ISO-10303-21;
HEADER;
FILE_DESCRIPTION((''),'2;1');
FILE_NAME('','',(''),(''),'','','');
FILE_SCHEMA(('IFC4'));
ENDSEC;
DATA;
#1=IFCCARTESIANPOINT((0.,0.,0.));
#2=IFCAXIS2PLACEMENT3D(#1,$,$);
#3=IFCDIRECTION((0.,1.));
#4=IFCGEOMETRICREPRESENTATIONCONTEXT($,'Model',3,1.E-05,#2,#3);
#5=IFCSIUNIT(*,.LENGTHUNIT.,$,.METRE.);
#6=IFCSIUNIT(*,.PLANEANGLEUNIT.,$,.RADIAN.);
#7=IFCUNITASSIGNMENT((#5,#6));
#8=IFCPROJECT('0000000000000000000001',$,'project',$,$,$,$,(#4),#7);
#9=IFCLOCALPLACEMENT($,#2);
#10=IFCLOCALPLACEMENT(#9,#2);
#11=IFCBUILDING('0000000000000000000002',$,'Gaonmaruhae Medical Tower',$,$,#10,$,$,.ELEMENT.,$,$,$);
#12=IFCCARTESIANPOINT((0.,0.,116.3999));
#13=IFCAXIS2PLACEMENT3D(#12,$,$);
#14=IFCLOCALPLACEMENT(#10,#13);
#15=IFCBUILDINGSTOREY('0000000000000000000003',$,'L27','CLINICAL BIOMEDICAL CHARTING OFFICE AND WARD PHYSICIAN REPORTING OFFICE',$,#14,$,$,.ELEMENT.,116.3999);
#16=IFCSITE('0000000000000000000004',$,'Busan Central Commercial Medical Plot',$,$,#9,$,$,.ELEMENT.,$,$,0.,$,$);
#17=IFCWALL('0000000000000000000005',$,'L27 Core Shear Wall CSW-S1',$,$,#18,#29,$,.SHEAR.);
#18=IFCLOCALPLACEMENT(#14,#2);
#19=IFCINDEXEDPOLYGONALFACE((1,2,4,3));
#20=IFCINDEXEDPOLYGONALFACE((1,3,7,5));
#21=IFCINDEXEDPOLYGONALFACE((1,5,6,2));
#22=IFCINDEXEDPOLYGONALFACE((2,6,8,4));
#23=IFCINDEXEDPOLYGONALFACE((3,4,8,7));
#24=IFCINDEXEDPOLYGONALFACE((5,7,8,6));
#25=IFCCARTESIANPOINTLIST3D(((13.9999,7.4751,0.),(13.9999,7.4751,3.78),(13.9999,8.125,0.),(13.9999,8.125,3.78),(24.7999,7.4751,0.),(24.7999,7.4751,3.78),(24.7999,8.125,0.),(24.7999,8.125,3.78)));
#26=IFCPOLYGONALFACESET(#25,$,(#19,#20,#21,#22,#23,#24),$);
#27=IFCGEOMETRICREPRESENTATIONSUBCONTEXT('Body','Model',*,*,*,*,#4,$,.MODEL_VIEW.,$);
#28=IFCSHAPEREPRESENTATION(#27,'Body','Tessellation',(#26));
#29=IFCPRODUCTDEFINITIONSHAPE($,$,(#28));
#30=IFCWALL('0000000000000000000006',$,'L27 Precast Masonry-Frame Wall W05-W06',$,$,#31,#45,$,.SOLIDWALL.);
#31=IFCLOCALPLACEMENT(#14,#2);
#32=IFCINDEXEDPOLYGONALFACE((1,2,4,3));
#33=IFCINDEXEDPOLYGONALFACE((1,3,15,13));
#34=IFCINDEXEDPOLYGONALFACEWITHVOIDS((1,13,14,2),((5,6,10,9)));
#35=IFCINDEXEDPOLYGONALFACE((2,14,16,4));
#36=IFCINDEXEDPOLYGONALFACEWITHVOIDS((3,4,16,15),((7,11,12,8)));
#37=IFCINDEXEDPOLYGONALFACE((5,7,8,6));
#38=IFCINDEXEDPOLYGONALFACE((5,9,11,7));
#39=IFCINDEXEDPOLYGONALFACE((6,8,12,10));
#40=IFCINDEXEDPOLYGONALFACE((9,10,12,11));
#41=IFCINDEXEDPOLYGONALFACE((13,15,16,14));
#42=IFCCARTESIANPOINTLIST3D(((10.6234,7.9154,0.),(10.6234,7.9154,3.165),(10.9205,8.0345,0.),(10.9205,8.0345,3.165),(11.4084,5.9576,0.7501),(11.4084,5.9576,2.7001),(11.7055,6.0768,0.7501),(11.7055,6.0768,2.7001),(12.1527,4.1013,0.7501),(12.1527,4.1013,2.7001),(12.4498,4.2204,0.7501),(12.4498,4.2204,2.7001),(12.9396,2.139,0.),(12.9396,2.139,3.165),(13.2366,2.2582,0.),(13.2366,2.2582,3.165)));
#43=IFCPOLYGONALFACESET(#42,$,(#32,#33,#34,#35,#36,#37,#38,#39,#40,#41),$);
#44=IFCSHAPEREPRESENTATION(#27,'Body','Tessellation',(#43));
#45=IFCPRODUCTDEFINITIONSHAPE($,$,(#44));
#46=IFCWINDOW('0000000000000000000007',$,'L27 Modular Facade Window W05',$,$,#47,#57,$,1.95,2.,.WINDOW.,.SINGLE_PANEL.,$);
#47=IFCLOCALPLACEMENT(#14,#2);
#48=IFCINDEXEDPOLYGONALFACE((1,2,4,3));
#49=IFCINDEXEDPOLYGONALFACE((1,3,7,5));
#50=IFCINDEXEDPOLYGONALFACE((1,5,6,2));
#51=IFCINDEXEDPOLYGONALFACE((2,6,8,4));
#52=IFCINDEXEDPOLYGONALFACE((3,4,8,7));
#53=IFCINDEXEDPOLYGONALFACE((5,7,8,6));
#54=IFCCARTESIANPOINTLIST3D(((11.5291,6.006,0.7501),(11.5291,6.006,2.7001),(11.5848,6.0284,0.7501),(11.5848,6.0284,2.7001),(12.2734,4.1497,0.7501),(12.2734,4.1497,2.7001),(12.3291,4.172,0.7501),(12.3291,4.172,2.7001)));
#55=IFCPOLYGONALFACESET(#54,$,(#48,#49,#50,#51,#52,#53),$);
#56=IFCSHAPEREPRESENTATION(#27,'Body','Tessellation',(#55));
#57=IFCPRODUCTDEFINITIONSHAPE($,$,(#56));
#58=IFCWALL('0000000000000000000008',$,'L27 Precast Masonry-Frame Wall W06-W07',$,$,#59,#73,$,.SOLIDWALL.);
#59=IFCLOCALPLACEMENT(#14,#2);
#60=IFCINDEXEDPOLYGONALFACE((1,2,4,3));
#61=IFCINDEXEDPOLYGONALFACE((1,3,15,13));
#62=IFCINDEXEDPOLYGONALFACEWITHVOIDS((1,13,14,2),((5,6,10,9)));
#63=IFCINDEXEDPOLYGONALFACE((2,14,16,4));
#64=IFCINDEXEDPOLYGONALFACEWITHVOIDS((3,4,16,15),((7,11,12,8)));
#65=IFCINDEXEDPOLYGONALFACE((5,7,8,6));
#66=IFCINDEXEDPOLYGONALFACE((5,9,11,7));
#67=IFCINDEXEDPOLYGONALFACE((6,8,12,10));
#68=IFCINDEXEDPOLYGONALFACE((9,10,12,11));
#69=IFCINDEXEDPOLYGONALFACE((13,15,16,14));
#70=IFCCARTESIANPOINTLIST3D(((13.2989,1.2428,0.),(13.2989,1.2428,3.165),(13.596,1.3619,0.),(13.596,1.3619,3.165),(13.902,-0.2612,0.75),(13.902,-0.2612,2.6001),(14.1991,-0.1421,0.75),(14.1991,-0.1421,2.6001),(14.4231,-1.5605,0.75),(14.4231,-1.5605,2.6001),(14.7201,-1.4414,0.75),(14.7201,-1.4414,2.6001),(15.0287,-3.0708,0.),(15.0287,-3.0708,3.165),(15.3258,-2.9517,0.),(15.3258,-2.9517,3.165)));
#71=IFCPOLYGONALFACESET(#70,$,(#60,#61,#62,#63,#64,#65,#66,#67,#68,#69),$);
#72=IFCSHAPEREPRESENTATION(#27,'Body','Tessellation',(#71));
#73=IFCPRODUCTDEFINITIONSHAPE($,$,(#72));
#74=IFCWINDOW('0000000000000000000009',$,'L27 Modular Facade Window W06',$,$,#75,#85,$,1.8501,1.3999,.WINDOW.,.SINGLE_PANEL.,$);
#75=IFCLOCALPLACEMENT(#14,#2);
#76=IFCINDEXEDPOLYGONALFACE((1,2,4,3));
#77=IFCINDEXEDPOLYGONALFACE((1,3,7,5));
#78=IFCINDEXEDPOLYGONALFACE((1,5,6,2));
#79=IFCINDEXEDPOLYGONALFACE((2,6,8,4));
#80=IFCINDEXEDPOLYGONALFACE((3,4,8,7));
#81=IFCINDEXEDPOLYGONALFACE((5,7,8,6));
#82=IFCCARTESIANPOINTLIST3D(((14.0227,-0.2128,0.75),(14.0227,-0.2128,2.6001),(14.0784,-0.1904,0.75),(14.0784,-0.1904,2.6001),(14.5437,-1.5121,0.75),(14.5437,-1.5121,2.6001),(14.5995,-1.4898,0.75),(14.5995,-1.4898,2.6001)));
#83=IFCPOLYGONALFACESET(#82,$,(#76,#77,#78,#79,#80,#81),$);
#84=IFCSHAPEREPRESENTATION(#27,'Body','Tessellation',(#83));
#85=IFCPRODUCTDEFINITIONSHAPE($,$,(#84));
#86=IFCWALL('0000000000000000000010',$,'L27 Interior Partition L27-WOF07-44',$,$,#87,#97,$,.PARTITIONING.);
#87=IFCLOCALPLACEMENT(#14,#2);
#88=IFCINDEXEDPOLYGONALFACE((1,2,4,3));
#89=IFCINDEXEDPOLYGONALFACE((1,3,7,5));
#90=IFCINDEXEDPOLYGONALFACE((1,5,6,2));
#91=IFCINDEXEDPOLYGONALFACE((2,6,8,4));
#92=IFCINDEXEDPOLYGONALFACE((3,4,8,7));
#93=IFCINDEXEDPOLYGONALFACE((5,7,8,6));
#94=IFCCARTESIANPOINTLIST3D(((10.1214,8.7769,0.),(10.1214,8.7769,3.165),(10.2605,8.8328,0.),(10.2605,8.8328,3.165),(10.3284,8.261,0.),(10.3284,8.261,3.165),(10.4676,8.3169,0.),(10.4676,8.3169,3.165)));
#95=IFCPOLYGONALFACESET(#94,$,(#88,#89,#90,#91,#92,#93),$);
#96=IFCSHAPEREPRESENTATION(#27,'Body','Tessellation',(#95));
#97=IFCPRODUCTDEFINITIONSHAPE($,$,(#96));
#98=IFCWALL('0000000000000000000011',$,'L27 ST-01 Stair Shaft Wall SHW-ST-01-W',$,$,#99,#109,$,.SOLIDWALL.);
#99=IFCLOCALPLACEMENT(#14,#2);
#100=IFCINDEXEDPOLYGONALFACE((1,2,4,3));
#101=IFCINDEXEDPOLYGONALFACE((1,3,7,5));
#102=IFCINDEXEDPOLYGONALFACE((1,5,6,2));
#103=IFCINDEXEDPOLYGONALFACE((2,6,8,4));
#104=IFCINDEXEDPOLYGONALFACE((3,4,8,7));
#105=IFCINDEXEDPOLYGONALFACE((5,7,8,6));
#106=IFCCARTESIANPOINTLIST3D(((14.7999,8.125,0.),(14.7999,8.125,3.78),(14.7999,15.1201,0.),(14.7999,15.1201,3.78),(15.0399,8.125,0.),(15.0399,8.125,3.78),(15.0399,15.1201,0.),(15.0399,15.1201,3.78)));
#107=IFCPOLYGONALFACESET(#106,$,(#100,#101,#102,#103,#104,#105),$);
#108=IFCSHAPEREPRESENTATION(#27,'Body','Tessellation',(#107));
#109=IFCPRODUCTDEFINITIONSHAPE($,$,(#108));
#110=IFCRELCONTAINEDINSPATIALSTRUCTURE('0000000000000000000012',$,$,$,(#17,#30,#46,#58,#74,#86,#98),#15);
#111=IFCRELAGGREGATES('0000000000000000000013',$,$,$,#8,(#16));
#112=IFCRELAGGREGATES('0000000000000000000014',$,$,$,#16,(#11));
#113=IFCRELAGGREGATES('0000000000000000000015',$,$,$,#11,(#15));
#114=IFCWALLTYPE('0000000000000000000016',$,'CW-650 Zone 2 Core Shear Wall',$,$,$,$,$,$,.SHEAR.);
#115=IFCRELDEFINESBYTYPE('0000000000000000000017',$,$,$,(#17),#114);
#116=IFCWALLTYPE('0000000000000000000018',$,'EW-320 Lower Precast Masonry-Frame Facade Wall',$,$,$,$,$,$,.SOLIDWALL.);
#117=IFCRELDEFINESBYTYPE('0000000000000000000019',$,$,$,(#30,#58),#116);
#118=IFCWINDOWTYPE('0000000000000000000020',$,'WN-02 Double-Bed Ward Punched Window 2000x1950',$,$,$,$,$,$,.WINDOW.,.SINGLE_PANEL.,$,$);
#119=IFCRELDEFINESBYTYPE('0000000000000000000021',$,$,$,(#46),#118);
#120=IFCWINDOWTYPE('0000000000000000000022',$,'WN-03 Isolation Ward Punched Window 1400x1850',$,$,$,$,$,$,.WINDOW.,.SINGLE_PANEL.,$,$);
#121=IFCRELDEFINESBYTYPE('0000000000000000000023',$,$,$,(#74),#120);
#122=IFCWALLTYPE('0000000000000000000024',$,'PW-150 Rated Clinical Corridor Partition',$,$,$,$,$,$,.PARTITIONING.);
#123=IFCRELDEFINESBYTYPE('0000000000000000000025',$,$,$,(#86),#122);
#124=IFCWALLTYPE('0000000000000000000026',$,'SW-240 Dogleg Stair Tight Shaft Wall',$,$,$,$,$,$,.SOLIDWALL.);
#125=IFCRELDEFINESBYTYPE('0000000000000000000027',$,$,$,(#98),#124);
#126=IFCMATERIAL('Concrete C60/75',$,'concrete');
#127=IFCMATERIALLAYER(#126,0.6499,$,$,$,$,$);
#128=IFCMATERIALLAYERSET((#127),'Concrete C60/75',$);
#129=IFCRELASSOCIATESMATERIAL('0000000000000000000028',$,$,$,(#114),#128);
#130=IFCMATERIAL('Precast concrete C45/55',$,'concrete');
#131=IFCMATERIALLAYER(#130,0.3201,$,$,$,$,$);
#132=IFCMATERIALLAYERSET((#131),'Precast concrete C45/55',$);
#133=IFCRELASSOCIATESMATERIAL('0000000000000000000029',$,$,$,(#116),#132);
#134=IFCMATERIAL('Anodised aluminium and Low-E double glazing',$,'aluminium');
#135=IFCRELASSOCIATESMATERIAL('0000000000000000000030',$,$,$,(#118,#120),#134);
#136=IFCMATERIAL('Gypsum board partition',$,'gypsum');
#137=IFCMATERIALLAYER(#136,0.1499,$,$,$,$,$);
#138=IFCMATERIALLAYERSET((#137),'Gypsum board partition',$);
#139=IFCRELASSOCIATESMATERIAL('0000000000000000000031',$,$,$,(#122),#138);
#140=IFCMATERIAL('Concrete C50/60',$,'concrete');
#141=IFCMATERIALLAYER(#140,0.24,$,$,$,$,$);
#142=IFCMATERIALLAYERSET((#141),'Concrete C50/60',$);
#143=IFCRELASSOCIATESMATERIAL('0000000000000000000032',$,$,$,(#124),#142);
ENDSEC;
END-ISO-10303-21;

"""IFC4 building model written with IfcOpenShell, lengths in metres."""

from ifc_helpers import new_model, si_unit, direction, frame, frame_2d, origin, place, context, subcontext, project, spatial, rectangle, extrude, material, layer, layer_set, type_object, element, fill, save


model = new_model("IFC4")

# Units and contexts
model_context = context("Model", 3, precision=1e-05, world=origin(), true_north=direction((0.0, 1.0)))
body_context = subcontext(model_context, "Body", "Model", "MODEL_VIEW")
ifc_project = project(units=[si_unit("LENGTHUNIT", "METRE"), si_unit("PLANEANGLEUNIT", "RADIAN")], contexts=[model_context])

# Site, building, storey
site_placement = place(None, origin())
site = spatial("IfcSite", under=ifc_project, at=site_placement, Name="Busan Central Commercial Medical Plot", CompositionType="ELEMENT", RefElevation=0.0)
building_placement = place(site_placement, origin())
building = spatial("IfcBuilding", under=site, at=building_placement, Name="Gaonmaruhae Medical Tower", CompositionType="ELEMENT")
storey_placement = place(building_placement, frame((0.0, 0.0, 116.3999)))
storey = spatial("IfcBuildingStorey", under=building, at=storey_placement, Name="L27", Description="CLINICAL BIOMEDICAL CHARTING OFFICE AND WARD PHYSICIAN REPORTING OFFICE", CompositionType="ELEMENT", Elevation=116.3999)

# Shared definitions
ifc_material_1 = material(Name="Concrete C60/75", Category="concrete")

# Wall
ifc_layer_1 = layer(ifc_material_1, 0.6499)
ifc_layer_set_1 = layer_set([ifc_layer_1], Name="Concrete C60/75")
wall_type_1 = type_object("IfcWallType", Name="CW-650 Zone 2 Core Shear Wall", PredefinedType="SHEAR", material=ifc_layer_set_1)
wall_1_placement = place(storey_placement, frame((14.0, 7.8, 0.0), z_axis=(0.0, 0.0, 1.0), x_axis=(1.0, 0.0, 0.0)))
element("IfcWall", 1, at=wall_1_placement, inside=storey, type_object=wall_type_1, Name="L27 Core Shear Wall CSW-S1", PredefinedType="SHEAR", context=body_context, shape_type="SweptSolid", body=[
    extrude(rectangle(XDim=10.8, YDim=0.6499, at=frame_2d((5.3999, 0.0))), origin(), (0.0, 0.0, 1.0), 3.78),
])

# Walls, openings, windows
ifc_material_2 = material(Name="Precast concrete C45/55", Category="concrete")
ifc_layer_2 = layer(ifc_material_2, 0.3201)
ifc_layer_set_2 = layer_set([ifc_layer_2], Name="Precast concrete C45/55")
wall_type_2 = type_object("IfcWallType", Name="EW-320 Lower Precast Masonry-Frame Facade Wall", PredefinedType="SOLIDWALL", material=ifc_layer_set_2)
wall_2_placement = place(storey_placement, frame((13.0881, 2.1985, 0.0), z_axis=(0.0, 0.0, 1.0), x_axis=(-0.372168, 0.928165, 0.0)))
wall_2 = element("IfcWall", 2, at=wall_2_placement, inside=storey, type_object=wall_type_2, Name="L27 Precast Masonry-Frame Wall W05-W06", PredefinedType="SOLIDWALL", context=body_context, shape_type="SweptSolid", body=[
    extrude(rectangle(XDim=6.2234, YDim=0.3201, at=frame_2d((3.1118, 0.0))), origin(), (0.0, 0.0, 1.0), 3.165),
])
opening_1_placement = place(wall_2_placement, frame((2.1143, 0.0, 0.75)))
opening_1 = element("IfcOpeningElement", 3, at=opening_1_placement, cuts=wall_2, PredefinedType="OPENING", context=body_context, shape_type="SweptSolid", body=[
    extrude(rectangle(XDim=2.0, YDim=1.95, at=frame_2d((1.0, 0.9751))), frame((0.0, 0.1699, 0.0), z_axis=(0.0, -1.0, 0.0), x_axis=(1.0, 0.0, 0.0)), (0.0, 0.0, 1.0), 0.3401),
])
ifc_material_3 = material(Name="Anodised aluminium and Low-E double glazing", Category="aluminium")
window_type_1 = type_object("IfcWindowType", Name="WN-02 Double-Bed Ward Punched Window 2000x1950", PartitioningType="SINGLE_PANEL", PredefinedType="WINDOW", material=ifc_material_3)
window_1_placement = place(opening_1_placement, origin())
window_1 = element("IfcWindow", 4, at=window_1_placement, inside=storey, type_object=window_type_1, Name="L27 Modular Facade Window W05", OverallHeight=1.95, OverallWidth=2.0, PartitioningType="SINGLE_PANEL", PredefinedType="WINDOW", context=body_context, shape_type="SweptSolid", body=[
    extrude(rectangle(XDim=2.0, YDim=1.95, at=frame_2d((1.0, 0.9751))), frame((0.0, 0.03, 0.0), z_axis=(0.0, -1.0, 0.0), x_axis=(1.0, 0.0, 0.0)), (0.0, 0.0, 1.0), 0.0601),
])
fill(opening_1, window_1)
wall_3_placement = place(storey_placement, frame((15.1772, -3.0112, 0.0), z_axis=(0.0, 0.0, 1.0), x_axis=(-0.372197, 0.928154, 0.0)))
wall_3 = element("IfcWall", 5, at=wall_3_placement, inside=storey, type_object=wall_type_2, Name="L27 Precast Masonry-Frame Wall W06-W07", PredefinedType="SOLIDWALL", context=body_context, shape_type="SweptSolid", body=[
    extrude(rectangle(XDim=4.6475, YDim=0.3201, at=frame_2d((2.3237, 0.0))), origin(), (0.0, 0.0, 1.0), 3.165),
])
opening_2_placement = place(wall_3_placement, frame((1.6272, 0.0, 0.75)))
opening_2 = element("IfcOpeningElement", 6, at=opening_2_placement, cuts=wall_3, PredefinedType="OPENING", context=body_context, shape_type="SweptSolid", body=[
    extrude(rectangle(XDim=1.3999, YDim=1.8501, at=frame_2d((0.7, 0.925))), frame((0.0, 0.1699, 0.0), z_axis=(0.0, -1.0, 0.0), x_axis=(1.0, 0.0, 0.0)), (0.0, 0.0, 1.0), 0.3401),
])
window_type_2 = type_object("IfcWindowType", Name="WN-03 Isolation Ward Punched Window 1400x1850", PartitioningType="SINGLE_PANEL", PredefinedType="WINDOW", material=ifc_material_3)
window_2_placement = place(opening_2_placement, origin())
window_2 = element("IfcWindow", 7, at=window_2_placement, inside=storey, type_object=window_type_2, Name="L27 Modular Facade Window W06", OverallHeight=1.8501, OverallWidth=1.3999, PartitioningType="SINGLE_PANEL", PredefinedType="WINDOW", context=body_context, shape_type="SweptSolid", body=[
    extrude(rectangle(XDim=1.3999, YDim=1.8501, at=frame_2d((0.7, 0.925))), frame((0.0, 0.03, 0.0), z_axis=(0.0, -1.0, 0.0), x_axis=(1.0, 0.0, 0.0)), (0.0, 0.0, 1.0), 0.0601),
])
fill(opening_2, window_2)

# Walls
ifc_material_4 = material(Name="Gypsum board partition", Category="gypsum")
ifc_layer_3 = layer(ifc_material_4, 0.1499)
ifc_layer_set_3 = layer_set([ifc_layer_3], Name="Gypsum board partition")
wall_type_3 = type_object("IfcWallType", Name="PW-150 Rated Clinical Corridor Partition", PredefinedType="PARTITIONING", material=ifc_layer_set_3)
wall_4_placement = place(storey_placement, frame((10.3979, 8.2891, 0.0), z_axis=(0.0, 0.0, 1.0), x_axis=(-0.372451, 0.928052, 0.0)))
element("IfcWall", 8, at=wall_4_placement, inside=storey, type_object=wall_type_3, Name="L27 Interior Partition L27-WOF07-44", PredefinedType="PARTITIONING", context=body_context, shape_type="SweptSolid", body=[
    extrude(rectangle(XDim=0.5559, YDim=0.1499, at=frame_2d((0.2778, 0.0))), origin(), (0.0, 0.0, 1.0), 3.165),
])
ifc_material_5 = material(Name="Concrete C50/60", Category="concrete")
ifc_layer_4 = layer(ifc_material_5, 0.24)
ifc_layer_set_4 = layer_set([ifc_layer_4], Name="Concrete C50/60")
wall_type_4 = type_object("IfcWallType", Name="SW-240 Dogleg Stair Tight Shaft Wall", PredefinedType="SOLIDWALL", material=ifc_layer_set_4)
wall_5_placement = place(storey_placement, frame((14.9199, 8.125, 0.0), z_axis=(0.0, 0.0, 1.0), x_axis=(0.0, 1.0, 0.0)))
element("IfcWall", 9, at=wall_5_placement, inside=storey, type_object=wall_type_4, Name="L27 ST-01 Stair Shaft Wall SHW-ST-01-W", PredefinedType="SOLIDWALL", context=body_context, shape_type="SweptSolid", body=[
    extrude(rectangle(XDim=6.9951, YDim=0.24, at=frame_2d((3.4976, 0.0))), origin(), (0.0, 0.0, 1.0), 3.78),
])

save(model, "model.ifc")
